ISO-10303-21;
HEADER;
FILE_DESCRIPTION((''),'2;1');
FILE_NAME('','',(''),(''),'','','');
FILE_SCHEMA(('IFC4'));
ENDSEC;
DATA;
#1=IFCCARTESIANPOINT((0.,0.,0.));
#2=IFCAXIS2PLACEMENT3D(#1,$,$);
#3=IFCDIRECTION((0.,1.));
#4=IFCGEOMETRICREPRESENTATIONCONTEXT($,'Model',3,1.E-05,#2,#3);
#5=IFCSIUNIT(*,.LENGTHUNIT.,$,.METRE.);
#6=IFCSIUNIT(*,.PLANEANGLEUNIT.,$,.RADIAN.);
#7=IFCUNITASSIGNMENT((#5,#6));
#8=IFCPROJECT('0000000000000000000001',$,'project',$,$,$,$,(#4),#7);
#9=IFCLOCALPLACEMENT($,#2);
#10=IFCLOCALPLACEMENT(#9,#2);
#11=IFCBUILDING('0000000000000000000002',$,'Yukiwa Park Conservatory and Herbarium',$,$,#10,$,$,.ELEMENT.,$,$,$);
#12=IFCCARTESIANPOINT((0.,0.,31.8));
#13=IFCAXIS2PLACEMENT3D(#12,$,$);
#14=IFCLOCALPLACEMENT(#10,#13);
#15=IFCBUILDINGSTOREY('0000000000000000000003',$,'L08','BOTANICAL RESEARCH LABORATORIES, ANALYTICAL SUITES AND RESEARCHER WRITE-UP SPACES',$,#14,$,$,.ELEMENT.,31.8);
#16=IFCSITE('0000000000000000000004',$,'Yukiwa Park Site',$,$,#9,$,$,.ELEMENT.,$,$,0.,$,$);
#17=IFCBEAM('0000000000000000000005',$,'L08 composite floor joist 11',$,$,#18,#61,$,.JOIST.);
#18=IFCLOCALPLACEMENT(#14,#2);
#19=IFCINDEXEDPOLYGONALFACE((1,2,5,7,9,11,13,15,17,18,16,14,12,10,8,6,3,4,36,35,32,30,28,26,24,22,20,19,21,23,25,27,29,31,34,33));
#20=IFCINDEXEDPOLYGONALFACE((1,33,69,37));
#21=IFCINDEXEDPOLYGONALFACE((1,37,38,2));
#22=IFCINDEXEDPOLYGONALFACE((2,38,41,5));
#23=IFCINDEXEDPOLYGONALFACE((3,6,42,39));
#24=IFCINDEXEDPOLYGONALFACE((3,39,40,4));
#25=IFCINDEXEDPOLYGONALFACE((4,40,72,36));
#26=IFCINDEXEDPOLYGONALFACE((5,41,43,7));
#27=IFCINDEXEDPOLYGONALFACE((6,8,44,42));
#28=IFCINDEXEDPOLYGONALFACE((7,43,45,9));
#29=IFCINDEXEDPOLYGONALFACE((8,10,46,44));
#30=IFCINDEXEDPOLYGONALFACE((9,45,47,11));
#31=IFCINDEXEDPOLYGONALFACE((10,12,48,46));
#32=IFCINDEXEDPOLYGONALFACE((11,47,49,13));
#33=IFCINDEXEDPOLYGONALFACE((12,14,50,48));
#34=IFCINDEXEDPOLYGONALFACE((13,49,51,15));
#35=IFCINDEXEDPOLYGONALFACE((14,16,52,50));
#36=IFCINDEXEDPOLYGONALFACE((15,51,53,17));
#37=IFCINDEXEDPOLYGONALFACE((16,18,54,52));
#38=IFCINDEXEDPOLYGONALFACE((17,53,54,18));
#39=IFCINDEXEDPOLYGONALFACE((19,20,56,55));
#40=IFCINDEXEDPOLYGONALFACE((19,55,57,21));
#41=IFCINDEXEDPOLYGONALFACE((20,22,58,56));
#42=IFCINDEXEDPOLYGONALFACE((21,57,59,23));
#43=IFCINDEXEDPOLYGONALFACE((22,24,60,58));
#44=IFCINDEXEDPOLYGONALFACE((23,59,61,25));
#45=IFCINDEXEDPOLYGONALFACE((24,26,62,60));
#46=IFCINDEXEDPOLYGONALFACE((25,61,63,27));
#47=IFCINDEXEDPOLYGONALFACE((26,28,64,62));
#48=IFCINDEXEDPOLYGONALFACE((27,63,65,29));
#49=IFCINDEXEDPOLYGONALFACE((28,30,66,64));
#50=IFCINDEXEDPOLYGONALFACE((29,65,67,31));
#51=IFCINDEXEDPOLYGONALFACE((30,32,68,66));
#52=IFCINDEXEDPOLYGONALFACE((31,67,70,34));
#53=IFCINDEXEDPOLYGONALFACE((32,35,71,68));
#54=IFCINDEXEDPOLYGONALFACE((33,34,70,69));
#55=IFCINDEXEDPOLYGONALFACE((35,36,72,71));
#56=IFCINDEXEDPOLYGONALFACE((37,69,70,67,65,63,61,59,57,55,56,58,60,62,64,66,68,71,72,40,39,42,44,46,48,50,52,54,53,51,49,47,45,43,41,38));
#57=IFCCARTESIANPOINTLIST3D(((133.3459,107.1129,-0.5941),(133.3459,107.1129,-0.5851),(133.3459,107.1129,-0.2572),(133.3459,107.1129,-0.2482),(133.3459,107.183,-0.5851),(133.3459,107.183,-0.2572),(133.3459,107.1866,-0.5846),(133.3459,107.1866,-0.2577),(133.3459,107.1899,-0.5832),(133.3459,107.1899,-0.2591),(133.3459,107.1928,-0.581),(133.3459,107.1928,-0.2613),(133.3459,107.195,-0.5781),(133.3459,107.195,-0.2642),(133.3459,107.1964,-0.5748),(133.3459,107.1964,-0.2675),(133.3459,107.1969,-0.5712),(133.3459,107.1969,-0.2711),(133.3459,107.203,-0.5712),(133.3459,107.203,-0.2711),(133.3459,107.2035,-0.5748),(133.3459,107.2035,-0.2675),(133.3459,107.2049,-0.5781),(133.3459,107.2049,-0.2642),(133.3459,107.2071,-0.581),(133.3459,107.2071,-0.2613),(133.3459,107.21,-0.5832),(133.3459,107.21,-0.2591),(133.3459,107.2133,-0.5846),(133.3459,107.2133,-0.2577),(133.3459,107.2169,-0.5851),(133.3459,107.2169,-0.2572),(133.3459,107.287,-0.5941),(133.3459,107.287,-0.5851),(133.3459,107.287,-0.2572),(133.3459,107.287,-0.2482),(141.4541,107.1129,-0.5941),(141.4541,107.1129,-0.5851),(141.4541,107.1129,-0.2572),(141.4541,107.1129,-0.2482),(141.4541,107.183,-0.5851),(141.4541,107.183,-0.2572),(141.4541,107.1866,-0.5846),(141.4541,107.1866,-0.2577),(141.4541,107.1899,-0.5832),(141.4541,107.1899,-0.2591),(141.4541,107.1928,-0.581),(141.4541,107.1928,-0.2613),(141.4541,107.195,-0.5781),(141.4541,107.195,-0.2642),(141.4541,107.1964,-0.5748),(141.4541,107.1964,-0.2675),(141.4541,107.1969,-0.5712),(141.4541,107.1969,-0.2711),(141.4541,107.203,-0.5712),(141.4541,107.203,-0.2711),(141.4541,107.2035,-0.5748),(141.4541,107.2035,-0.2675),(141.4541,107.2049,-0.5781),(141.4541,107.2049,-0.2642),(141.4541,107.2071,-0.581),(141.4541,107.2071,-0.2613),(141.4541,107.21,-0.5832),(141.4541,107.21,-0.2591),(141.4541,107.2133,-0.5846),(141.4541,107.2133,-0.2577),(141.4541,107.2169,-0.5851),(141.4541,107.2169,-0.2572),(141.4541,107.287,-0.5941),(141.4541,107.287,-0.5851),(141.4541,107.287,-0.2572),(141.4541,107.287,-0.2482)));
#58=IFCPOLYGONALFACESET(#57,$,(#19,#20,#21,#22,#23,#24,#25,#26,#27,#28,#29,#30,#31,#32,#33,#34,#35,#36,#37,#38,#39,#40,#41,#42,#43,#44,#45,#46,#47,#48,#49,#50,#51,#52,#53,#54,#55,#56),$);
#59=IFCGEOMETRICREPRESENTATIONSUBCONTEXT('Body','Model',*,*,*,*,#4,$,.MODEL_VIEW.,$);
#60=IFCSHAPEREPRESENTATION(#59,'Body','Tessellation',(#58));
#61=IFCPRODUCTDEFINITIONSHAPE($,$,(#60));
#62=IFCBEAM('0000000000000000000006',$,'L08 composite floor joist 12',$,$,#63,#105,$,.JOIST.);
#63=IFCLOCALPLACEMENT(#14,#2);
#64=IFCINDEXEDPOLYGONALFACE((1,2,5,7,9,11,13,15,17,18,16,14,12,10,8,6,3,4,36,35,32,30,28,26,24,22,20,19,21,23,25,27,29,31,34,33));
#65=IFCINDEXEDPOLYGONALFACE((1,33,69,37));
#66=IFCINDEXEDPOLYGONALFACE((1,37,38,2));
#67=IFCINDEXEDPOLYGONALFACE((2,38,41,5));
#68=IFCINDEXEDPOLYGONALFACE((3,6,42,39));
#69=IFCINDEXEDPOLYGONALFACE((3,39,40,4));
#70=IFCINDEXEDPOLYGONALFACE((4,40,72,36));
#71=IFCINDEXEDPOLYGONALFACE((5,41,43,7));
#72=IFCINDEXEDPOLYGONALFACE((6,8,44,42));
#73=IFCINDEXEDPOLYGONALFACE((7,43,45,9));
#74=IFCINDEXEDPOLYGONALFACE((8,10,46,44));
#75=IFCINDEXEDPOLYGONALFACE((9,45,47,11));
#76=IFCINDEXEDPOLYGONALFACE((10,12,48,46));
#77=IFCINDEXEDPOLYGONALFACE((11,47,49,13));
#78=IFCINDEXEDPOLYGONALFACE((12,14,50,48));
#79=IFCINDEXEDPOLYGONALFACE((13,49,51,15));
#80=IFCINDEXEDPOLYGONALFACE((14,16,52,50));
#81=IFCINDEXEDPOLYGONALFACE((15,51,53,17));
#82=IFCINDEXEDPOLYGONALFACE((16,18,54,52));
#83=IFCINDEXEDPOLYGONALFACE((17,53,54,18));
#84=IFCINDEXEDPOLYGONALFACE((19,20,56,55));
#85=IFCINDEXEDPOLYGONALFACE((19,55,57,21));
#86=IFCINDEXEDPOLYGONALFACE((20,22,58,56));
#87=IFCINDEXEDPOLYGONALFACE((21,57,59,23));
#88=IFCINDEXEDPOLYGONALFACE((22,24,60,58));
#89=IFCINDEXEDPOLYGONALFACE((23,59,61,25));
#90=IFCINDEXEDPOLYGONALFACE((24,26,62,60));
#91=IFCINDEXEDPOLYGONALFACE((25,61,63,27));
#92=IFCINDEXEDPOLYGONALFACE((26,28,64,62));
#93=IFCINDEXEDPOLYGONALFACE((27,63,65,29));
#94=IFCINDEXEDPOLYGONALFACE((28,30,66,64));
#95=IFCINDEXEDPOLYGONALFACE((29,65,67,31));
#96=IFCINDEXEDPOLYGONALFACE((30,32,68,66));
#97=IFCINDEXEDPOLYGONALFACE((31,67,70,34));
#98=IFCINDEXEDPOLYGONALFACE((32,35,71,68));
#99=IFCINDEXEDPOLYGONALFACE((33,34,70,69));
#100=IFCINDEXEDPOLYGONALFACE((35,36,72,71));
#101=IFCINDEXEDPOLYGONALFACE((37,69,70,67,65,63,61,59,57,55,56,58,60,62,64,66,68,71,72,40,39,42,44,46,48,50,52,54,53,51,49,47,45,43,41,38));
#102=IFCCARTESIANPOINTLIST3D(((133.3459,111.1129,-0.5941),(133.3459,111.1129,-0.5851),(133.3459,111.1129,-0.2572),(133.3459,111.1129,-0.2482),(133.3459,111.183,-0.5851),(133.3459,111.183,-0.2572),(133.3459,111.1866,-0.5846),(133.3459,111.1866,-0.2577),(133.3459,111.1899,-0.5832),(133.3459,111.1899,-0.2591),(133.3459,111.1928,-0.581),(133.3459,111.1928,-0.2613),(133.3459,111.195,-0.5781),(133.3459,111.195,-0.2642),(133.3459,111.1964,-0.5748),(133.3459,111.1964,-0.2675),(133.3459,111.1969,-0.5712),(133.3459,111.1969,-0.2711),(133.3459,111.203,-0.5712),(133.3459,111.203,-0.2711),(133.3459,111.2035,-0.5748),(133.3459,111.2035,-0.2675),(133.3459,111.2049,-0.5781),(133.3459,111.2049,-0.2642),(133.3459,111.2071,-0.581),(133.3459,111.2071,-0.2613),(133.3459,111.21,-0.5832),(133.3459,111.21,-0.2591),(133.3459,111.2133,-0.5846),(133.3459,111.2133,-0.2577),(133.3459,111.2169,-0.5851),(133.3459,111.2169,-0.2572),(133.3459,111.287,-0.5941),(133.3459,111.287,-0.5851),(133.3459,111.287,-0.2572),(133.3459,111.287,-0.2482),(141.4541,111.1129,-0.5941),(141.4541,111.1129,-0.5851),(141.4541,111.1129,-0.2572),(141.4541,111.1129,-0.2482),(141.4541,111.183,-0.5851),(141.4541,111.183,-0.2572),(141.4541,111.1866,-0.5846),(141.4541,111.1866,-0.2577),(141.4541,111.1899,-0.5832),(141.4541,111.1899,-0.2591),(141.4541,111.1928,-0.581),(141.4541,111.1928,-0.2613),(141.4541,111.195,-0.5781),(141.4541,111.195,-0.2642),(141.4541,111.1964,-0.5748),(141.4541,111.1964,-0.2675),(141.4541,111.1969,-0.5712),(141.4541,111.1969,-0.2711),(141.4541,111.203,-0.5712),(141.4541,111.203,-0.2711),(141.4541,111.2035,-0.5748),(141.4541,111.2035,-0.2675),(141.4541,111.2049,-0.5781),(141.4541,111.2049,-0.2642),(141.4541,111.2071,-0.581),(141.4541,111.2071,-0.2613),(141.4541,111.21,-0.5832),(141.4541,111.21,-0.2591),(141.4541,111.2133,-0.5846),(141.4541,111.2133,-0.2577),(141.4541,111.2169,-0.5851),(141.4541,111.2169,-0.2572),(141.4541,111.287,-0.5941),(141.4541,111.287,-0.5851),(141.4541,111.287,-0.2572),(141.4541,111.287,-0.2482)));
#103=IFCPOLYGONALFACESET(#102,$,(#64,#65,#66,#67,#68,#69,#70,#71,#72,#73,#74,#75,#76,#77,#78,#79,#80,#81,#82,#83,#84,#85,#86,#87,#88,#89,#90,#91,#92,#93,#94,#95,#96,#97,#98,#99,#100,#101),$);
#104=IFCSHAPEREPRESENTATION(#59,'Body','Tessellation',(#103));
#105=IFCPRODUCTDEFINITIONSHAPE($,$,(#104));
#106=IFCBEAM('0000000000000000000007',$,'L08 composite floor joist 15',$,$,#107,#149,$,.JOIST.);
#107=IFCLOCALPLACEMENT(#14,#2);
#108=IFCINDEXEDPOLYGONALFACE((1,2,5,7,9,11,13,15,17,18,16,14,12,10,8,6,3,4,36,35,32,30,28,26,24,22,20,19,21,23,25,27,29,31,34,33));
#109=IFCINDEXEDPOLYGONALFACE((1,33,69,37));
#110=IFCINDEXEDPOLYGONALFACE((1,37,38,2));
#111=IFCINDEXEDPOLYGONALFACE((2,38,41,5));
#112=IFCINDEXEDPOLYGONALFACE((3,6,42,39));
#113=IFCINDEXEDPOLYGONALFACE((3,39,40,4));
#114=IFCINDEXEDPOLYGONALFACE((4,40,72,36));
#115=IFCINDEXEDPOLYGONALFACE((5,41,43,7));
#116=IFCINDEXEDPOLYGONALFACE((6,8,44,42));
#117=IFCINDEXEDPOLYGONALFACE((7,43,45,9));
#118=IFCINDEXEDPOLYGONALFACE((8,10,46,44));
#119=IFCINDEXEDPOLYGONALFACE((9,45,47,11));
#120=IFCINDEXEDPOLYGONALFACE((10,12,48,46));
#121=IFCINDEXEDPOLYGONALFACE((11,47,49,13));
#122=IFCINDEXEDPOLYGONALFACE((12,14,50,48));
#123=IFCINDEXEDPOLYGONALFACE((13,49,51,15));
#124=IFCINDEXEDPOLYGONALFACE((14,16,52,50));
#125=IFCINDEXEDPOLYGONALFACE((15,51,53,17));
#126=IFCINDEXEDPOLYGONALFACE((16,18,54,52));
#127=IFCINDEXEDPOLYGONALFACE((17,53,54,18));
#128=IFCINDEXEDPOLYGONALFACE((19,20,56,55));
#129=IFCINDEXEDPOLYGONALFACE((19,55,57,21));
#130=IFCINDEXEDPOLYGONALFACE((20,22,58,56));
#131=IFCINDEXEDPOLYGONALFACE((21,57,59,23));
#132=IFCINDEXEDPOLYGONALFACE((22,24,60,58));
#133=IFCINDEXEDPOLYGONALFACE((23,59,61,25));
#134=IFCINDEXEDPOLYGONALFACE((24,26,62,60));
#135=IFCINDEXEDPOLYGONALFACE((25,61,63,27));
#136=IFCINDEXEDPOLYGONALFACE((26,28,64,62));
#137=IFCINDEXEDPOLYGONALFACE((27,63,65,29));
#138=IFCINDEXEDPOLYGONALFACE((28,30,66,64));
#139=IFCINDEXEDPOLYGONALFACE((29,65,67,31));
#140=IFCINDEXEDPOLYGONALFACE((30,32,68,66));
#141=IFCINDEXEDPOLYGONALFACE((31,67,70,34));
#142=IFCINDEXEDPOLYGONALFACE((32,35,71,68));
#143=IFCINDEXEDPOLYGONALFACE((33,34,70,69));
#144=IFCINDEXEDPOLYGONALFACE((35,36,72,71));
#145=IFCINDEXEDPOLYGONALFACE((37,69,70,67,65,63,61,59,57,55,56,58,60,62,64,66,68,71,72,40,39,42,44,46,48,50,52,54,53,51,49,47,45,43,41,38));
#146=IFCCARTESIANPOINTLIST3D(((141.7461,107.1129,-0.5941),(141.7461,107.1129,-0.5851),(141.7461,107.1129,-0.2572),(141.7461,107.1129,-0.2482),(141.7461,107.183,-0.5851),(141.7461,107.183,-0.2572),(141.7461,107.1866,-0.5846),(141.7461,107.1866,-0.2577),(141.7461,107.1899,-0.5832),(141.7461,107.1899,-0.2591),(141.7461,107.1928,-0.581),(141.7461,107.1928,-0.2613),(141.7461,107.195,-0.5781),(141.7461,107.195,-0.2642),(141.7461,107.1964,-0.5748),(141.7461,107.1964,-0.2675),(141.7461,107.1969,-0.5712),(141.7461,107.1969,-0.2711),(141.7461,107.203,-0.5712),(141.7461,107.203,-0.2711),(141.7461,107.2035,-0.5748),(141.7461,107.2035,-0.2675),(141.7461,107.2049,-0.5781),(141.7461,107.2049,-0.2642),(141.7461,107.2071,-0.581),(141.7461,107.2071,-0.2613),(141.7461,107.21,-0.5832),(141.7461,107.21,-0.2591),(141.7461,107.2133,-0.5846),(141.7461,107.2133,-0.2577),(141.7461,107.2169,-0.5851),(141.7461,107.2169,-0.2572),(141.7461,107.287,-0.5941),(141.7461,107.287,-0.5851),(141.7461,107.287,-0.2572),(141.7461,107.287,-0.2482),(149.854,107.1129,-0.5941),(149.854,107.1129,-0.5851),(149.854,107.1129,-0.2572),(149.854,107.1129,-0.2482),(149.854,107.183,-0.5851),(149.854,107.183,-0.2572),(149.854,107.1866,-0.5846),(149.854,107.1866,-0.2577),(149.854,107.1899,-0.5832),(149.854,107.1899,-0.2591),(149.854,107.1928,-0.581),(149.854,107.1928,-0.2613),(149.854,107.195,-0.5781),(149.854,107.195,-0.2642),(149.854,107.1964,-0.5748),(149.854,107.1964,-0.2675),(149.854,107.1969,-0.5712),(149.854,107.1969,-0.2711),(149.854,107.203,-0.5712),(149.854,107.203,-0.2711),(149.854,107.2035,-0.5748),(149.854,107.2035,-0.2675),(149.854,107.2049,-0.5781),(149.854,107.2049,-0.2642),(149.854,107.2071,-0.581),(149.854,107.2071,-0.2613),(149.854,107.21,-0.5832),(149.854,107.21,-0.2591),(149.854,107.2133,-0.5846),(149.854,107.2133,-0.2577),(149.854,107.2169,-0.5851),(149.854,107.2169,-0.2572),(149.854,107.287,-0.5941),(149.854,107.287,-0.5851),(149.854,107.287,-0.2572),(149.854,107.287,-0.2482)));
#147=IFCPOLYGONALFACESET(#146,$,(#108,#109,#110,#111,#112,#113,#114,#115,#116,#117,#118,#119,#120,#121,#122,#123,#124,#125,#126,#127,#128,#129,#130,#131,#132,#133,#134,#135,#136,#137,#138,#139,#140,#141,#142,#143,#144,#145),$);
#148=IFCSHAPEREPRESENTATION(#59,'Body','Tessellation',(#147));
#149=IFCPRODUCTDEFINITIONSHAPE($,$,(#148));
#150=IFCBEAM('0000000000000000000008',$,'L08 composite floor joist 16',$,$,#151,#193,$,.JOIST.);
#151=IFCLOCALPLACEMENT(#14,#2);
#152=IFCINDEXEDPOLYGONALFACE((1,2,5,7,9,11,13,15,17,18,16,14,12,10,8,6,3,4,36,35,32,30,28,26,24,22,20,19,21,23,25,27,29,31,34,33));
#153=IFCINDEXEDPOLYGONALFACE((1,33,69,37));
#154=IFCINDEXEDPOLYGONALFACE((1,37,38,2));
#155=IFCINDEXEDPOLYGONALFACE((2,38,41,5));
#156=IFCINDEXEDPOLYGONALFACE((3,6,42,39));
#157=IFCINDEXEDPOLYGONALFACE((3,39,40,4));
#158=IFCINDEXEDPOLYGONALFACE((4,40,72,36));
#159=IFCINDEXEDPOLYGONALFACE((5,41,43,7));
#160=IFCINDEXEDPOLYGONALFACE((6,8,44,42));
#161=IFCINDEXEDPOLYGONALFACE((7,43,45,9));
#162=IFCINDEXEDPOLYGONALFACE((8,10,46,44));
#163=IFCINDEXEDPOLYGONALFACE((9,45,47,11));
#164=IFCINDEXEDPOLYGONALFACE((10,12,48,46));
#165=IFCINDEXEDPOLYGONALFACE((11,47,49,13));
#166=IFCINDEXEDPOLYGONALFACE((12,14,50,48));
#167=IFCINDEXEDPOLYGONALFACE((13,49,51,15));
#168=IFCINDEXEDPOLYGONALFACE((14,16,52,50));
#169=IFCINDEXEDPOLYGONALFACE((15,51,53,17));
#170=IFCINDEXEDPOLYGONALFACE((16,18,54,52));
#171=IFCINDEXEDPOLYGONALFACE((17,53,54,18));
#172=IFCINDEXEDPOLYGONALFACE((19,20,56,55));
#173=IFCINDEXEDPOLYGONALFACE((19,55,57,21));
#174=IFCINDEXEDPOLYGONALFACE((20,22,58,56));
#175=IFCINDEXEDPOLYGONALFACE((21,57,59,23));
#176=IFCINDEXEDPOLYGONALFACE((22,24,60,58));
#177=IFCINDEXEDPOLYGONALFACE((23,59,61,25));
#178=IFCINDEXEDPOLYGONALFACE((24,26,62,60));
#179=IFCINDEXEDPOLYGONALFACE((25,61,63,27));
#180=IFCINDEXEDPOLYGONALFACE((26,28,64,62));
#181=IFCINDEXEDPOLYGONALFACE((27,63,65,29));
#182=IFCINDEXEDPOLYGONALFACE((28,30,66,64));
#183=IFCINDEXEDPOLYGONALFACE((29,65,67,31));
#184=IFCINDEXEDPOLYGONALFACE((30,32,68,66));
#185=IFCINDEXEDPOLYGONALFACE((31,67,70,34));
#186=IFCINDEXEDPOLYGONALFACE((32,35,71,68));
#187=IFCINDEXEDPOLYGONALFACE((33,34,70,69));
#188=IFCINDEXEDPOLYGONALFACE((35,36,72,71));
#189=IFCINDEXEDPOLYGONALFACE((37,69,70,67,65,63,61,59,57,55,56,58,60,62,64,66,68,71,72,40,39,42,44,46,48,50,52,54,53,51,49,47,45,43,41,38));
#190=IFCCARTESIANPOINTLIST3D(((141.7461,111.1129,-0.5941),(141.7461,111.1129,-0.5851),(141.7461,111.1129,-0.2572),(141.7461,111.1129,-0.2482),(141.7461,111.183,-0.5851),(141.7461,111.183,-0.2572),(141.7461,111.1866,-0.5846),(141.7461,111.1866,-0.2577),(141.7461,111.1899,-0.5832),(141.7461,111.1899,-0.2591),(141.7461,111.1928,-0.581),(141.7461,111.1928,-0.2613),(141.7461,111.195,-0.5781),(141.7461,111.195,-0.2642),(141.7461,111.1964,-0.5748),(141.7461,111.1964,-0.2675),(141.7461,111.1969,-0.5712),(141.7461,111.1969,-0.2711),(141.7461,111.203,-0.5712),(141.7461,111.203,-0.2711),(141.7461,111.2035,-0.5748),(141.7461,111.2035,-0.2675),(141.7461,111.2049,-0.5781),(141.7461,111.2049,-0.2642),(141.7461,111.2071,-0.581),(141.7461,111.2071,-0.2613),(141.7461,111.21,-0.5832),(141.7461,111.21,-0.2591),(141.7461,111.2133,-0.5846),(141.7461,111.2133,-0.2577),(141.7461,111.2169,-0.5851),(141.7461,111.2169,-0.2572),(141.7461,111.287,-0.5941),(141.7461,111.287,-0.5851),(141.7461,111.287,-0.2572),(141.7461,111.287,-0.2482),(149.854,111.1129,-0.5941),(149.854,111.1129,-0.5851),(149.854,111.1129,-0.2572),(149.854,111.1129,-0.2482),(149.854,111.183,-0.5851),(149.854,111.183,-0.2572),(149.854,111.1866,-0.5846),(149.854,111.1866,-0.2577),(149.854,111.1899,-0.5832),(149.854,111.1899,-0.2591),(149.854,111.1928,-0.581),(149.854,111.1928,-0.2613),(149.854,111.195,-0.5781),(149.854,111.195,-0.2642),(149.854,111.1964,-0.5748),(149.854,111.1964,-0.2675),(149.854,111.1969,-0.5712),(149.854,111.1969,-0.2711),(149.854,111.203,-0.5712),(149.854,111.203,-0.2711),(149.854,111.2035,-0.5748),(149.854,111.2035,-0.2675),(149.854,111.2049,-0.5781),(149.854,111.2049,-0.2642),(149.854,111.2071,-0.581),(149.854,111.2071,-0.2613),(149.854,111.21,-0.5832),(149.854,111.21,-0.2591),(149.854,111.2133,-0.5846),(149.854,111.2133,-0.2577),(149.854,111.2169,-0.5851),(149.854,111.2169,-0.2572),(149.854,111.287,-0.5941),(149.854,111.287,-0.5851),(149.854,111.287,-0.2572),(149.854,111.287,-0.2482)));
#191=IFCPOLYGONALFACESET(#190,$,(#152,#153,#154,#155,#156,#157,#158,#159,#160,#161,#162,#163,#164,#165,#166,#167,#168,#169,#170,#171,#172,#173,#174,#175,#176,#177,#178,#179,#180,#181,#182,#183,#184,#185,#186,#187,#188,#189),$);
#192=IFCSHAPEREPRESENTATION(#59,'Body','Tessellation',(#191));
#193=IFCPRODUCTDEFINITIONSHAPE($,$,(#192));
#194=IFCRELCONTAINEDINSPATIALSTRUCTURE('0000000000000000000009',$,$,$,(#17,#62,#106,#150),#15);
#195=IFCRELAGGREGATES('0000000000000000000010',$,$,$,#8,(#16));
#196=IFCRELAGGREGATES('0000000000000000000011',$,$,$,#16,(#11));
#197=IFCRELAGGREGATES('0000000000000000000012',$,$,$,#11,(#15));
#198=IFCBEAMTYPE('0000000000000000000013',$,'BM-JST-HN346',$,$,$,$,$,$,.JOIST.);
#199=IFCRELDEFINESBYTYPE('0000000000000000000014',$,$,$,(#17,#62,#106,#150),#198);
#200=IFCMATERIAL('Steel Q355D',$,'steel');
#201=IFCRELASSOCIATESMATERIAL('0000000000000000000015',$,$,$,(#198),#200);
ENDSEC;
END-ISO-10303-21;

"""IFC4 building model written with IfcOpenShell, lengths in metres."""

from ifc_helpers import new_model, si_unit, direction, frame, origin, origin_2d, place, context, subcontext, project, spatial, i_section, extrude, material, material_profile, profile_set, type_object, element, save


model = new_model("IFC4")

# Units and contexts
model_context = context("Model", 3, precision=1e-05, world=origin(), true_north=direction((0.0, 1.0)))
body_context = subcontext(model_context, "Body", "Model", "MODEL_VIEW")
ifc_project = project(units=[si_unit("LENGTHUNIT", "METRE"), si_unit("PLANEANGLEUNIT", "RADIAN")], contexts=[model_context])

# Site, building, storey
site_placement = place(None, origin())
site = spatial("IfcSite", under=ifc_project, at=site_placement, Name="Yukiwa Park Site", CompositionType="ELEMENT", RefElevation=0.0)
building_placement = place(site_placement, origin())
building = spatial("IfcBuilding", under=site, at=building_placement, Name="Yukiwa Park Conservatory and Herbarium", CompositionType="ELEMENT")
storey_placement = place(building_placement, frame((0.0, 0.0, 31.8)))
storey = spatial("IfcBuildingStorey", under=building, at=storey_placement, Name="L08", Description="BOTANICAL RESEARCH LABORATORIES, ANALYTICAL SUITES AND RESEARCHER WRITE-UP SPACES", CompositionType="ELEMENT", Elevation=31.8)

# Beams
ifc_material_1 = material(Name="Steel Q355D", Category="steel")
ifc_material_profile_1 = material_profile(ifc_material_1, i_section(OverallWidth=0.1741, OverallDepth=0.3459, WebThickness=0.0061, FlangeThickness=0.009, FilletRadius=0.0139, at=origin_2d()), Name="HN 346x174x6x9")
ifc_profile_set_1 = profile_set([ifc_material_profile_1], Name="Steel Q355D")
beam_type_1 = type_object("IfcBeamType", Name="BM-JST-HN346", PredefinedType="JOIST", material=ifc_profile_set_1)
for number, where, z_axis, x_axis, name in (
    (1, (133.3459, 107.2, -0.4211), (1.0, 0.0, 0.0), (0.0, 1.0, 0.0), "L08 composite floor joist 11"),
    (2, (133.3459, 111.2, -0.4211), (1.0, 0.0, 0.0), (0.0, 1.0, 0.0), "L08 composite floor joist 12"),
):
    element("IfcBeam", number, at=place(storey_placement, frame(where, z_axis=z_axis, x_axis=x_axis)), inside=storey, type_object=beam_type_1, Name=name, PredefinedType="JOIST", context=body_context, shape_type="SweptSolid", body=[
        extrude(i_section(OverallWidth=0.1741, OverallDepth=0.3459, WebThickness=0.0061, FlangeThickness=0.009, FilletRadius=0.0139, at=origin_2d()), origin(), (0.0, 0.0, 1.0), 8.1082),
    ])
for number, where, z_axis, x_axis, name in (
    (3, (141.7461, 107.2, -0.4211), (1.0, 0.0, 0.0), (0.0, 1.0, 0.0), "L08 composite floor joist 15"),
    (4, (141.7461, 111.2, -0.4211), (1.0, 0.0, 0.0), (0.0, 1.0, 0.0), "L08 composite floor joist 16"),
):
    element("IfcBeam", number, at=place(storey_placement, frame(where, z_axis=z_axis, x_axis=x_axis)), inside=storey, type_object=beam_type_1, Name=name, PredefinedType="JOIST", context=body_context, shape_type="SweptSolid", body=[
        extrude(i_section(OverallWidth=0.1741, OverallDepth=0.3459, WebThickness=0.0061, FlangeThickness=0.009, FilletRadius=0.0139, at=origin_2d()), origin(), (0.0, 0.0, 1.0), 8.1079),
    ])

save(model, "model.ifc")
